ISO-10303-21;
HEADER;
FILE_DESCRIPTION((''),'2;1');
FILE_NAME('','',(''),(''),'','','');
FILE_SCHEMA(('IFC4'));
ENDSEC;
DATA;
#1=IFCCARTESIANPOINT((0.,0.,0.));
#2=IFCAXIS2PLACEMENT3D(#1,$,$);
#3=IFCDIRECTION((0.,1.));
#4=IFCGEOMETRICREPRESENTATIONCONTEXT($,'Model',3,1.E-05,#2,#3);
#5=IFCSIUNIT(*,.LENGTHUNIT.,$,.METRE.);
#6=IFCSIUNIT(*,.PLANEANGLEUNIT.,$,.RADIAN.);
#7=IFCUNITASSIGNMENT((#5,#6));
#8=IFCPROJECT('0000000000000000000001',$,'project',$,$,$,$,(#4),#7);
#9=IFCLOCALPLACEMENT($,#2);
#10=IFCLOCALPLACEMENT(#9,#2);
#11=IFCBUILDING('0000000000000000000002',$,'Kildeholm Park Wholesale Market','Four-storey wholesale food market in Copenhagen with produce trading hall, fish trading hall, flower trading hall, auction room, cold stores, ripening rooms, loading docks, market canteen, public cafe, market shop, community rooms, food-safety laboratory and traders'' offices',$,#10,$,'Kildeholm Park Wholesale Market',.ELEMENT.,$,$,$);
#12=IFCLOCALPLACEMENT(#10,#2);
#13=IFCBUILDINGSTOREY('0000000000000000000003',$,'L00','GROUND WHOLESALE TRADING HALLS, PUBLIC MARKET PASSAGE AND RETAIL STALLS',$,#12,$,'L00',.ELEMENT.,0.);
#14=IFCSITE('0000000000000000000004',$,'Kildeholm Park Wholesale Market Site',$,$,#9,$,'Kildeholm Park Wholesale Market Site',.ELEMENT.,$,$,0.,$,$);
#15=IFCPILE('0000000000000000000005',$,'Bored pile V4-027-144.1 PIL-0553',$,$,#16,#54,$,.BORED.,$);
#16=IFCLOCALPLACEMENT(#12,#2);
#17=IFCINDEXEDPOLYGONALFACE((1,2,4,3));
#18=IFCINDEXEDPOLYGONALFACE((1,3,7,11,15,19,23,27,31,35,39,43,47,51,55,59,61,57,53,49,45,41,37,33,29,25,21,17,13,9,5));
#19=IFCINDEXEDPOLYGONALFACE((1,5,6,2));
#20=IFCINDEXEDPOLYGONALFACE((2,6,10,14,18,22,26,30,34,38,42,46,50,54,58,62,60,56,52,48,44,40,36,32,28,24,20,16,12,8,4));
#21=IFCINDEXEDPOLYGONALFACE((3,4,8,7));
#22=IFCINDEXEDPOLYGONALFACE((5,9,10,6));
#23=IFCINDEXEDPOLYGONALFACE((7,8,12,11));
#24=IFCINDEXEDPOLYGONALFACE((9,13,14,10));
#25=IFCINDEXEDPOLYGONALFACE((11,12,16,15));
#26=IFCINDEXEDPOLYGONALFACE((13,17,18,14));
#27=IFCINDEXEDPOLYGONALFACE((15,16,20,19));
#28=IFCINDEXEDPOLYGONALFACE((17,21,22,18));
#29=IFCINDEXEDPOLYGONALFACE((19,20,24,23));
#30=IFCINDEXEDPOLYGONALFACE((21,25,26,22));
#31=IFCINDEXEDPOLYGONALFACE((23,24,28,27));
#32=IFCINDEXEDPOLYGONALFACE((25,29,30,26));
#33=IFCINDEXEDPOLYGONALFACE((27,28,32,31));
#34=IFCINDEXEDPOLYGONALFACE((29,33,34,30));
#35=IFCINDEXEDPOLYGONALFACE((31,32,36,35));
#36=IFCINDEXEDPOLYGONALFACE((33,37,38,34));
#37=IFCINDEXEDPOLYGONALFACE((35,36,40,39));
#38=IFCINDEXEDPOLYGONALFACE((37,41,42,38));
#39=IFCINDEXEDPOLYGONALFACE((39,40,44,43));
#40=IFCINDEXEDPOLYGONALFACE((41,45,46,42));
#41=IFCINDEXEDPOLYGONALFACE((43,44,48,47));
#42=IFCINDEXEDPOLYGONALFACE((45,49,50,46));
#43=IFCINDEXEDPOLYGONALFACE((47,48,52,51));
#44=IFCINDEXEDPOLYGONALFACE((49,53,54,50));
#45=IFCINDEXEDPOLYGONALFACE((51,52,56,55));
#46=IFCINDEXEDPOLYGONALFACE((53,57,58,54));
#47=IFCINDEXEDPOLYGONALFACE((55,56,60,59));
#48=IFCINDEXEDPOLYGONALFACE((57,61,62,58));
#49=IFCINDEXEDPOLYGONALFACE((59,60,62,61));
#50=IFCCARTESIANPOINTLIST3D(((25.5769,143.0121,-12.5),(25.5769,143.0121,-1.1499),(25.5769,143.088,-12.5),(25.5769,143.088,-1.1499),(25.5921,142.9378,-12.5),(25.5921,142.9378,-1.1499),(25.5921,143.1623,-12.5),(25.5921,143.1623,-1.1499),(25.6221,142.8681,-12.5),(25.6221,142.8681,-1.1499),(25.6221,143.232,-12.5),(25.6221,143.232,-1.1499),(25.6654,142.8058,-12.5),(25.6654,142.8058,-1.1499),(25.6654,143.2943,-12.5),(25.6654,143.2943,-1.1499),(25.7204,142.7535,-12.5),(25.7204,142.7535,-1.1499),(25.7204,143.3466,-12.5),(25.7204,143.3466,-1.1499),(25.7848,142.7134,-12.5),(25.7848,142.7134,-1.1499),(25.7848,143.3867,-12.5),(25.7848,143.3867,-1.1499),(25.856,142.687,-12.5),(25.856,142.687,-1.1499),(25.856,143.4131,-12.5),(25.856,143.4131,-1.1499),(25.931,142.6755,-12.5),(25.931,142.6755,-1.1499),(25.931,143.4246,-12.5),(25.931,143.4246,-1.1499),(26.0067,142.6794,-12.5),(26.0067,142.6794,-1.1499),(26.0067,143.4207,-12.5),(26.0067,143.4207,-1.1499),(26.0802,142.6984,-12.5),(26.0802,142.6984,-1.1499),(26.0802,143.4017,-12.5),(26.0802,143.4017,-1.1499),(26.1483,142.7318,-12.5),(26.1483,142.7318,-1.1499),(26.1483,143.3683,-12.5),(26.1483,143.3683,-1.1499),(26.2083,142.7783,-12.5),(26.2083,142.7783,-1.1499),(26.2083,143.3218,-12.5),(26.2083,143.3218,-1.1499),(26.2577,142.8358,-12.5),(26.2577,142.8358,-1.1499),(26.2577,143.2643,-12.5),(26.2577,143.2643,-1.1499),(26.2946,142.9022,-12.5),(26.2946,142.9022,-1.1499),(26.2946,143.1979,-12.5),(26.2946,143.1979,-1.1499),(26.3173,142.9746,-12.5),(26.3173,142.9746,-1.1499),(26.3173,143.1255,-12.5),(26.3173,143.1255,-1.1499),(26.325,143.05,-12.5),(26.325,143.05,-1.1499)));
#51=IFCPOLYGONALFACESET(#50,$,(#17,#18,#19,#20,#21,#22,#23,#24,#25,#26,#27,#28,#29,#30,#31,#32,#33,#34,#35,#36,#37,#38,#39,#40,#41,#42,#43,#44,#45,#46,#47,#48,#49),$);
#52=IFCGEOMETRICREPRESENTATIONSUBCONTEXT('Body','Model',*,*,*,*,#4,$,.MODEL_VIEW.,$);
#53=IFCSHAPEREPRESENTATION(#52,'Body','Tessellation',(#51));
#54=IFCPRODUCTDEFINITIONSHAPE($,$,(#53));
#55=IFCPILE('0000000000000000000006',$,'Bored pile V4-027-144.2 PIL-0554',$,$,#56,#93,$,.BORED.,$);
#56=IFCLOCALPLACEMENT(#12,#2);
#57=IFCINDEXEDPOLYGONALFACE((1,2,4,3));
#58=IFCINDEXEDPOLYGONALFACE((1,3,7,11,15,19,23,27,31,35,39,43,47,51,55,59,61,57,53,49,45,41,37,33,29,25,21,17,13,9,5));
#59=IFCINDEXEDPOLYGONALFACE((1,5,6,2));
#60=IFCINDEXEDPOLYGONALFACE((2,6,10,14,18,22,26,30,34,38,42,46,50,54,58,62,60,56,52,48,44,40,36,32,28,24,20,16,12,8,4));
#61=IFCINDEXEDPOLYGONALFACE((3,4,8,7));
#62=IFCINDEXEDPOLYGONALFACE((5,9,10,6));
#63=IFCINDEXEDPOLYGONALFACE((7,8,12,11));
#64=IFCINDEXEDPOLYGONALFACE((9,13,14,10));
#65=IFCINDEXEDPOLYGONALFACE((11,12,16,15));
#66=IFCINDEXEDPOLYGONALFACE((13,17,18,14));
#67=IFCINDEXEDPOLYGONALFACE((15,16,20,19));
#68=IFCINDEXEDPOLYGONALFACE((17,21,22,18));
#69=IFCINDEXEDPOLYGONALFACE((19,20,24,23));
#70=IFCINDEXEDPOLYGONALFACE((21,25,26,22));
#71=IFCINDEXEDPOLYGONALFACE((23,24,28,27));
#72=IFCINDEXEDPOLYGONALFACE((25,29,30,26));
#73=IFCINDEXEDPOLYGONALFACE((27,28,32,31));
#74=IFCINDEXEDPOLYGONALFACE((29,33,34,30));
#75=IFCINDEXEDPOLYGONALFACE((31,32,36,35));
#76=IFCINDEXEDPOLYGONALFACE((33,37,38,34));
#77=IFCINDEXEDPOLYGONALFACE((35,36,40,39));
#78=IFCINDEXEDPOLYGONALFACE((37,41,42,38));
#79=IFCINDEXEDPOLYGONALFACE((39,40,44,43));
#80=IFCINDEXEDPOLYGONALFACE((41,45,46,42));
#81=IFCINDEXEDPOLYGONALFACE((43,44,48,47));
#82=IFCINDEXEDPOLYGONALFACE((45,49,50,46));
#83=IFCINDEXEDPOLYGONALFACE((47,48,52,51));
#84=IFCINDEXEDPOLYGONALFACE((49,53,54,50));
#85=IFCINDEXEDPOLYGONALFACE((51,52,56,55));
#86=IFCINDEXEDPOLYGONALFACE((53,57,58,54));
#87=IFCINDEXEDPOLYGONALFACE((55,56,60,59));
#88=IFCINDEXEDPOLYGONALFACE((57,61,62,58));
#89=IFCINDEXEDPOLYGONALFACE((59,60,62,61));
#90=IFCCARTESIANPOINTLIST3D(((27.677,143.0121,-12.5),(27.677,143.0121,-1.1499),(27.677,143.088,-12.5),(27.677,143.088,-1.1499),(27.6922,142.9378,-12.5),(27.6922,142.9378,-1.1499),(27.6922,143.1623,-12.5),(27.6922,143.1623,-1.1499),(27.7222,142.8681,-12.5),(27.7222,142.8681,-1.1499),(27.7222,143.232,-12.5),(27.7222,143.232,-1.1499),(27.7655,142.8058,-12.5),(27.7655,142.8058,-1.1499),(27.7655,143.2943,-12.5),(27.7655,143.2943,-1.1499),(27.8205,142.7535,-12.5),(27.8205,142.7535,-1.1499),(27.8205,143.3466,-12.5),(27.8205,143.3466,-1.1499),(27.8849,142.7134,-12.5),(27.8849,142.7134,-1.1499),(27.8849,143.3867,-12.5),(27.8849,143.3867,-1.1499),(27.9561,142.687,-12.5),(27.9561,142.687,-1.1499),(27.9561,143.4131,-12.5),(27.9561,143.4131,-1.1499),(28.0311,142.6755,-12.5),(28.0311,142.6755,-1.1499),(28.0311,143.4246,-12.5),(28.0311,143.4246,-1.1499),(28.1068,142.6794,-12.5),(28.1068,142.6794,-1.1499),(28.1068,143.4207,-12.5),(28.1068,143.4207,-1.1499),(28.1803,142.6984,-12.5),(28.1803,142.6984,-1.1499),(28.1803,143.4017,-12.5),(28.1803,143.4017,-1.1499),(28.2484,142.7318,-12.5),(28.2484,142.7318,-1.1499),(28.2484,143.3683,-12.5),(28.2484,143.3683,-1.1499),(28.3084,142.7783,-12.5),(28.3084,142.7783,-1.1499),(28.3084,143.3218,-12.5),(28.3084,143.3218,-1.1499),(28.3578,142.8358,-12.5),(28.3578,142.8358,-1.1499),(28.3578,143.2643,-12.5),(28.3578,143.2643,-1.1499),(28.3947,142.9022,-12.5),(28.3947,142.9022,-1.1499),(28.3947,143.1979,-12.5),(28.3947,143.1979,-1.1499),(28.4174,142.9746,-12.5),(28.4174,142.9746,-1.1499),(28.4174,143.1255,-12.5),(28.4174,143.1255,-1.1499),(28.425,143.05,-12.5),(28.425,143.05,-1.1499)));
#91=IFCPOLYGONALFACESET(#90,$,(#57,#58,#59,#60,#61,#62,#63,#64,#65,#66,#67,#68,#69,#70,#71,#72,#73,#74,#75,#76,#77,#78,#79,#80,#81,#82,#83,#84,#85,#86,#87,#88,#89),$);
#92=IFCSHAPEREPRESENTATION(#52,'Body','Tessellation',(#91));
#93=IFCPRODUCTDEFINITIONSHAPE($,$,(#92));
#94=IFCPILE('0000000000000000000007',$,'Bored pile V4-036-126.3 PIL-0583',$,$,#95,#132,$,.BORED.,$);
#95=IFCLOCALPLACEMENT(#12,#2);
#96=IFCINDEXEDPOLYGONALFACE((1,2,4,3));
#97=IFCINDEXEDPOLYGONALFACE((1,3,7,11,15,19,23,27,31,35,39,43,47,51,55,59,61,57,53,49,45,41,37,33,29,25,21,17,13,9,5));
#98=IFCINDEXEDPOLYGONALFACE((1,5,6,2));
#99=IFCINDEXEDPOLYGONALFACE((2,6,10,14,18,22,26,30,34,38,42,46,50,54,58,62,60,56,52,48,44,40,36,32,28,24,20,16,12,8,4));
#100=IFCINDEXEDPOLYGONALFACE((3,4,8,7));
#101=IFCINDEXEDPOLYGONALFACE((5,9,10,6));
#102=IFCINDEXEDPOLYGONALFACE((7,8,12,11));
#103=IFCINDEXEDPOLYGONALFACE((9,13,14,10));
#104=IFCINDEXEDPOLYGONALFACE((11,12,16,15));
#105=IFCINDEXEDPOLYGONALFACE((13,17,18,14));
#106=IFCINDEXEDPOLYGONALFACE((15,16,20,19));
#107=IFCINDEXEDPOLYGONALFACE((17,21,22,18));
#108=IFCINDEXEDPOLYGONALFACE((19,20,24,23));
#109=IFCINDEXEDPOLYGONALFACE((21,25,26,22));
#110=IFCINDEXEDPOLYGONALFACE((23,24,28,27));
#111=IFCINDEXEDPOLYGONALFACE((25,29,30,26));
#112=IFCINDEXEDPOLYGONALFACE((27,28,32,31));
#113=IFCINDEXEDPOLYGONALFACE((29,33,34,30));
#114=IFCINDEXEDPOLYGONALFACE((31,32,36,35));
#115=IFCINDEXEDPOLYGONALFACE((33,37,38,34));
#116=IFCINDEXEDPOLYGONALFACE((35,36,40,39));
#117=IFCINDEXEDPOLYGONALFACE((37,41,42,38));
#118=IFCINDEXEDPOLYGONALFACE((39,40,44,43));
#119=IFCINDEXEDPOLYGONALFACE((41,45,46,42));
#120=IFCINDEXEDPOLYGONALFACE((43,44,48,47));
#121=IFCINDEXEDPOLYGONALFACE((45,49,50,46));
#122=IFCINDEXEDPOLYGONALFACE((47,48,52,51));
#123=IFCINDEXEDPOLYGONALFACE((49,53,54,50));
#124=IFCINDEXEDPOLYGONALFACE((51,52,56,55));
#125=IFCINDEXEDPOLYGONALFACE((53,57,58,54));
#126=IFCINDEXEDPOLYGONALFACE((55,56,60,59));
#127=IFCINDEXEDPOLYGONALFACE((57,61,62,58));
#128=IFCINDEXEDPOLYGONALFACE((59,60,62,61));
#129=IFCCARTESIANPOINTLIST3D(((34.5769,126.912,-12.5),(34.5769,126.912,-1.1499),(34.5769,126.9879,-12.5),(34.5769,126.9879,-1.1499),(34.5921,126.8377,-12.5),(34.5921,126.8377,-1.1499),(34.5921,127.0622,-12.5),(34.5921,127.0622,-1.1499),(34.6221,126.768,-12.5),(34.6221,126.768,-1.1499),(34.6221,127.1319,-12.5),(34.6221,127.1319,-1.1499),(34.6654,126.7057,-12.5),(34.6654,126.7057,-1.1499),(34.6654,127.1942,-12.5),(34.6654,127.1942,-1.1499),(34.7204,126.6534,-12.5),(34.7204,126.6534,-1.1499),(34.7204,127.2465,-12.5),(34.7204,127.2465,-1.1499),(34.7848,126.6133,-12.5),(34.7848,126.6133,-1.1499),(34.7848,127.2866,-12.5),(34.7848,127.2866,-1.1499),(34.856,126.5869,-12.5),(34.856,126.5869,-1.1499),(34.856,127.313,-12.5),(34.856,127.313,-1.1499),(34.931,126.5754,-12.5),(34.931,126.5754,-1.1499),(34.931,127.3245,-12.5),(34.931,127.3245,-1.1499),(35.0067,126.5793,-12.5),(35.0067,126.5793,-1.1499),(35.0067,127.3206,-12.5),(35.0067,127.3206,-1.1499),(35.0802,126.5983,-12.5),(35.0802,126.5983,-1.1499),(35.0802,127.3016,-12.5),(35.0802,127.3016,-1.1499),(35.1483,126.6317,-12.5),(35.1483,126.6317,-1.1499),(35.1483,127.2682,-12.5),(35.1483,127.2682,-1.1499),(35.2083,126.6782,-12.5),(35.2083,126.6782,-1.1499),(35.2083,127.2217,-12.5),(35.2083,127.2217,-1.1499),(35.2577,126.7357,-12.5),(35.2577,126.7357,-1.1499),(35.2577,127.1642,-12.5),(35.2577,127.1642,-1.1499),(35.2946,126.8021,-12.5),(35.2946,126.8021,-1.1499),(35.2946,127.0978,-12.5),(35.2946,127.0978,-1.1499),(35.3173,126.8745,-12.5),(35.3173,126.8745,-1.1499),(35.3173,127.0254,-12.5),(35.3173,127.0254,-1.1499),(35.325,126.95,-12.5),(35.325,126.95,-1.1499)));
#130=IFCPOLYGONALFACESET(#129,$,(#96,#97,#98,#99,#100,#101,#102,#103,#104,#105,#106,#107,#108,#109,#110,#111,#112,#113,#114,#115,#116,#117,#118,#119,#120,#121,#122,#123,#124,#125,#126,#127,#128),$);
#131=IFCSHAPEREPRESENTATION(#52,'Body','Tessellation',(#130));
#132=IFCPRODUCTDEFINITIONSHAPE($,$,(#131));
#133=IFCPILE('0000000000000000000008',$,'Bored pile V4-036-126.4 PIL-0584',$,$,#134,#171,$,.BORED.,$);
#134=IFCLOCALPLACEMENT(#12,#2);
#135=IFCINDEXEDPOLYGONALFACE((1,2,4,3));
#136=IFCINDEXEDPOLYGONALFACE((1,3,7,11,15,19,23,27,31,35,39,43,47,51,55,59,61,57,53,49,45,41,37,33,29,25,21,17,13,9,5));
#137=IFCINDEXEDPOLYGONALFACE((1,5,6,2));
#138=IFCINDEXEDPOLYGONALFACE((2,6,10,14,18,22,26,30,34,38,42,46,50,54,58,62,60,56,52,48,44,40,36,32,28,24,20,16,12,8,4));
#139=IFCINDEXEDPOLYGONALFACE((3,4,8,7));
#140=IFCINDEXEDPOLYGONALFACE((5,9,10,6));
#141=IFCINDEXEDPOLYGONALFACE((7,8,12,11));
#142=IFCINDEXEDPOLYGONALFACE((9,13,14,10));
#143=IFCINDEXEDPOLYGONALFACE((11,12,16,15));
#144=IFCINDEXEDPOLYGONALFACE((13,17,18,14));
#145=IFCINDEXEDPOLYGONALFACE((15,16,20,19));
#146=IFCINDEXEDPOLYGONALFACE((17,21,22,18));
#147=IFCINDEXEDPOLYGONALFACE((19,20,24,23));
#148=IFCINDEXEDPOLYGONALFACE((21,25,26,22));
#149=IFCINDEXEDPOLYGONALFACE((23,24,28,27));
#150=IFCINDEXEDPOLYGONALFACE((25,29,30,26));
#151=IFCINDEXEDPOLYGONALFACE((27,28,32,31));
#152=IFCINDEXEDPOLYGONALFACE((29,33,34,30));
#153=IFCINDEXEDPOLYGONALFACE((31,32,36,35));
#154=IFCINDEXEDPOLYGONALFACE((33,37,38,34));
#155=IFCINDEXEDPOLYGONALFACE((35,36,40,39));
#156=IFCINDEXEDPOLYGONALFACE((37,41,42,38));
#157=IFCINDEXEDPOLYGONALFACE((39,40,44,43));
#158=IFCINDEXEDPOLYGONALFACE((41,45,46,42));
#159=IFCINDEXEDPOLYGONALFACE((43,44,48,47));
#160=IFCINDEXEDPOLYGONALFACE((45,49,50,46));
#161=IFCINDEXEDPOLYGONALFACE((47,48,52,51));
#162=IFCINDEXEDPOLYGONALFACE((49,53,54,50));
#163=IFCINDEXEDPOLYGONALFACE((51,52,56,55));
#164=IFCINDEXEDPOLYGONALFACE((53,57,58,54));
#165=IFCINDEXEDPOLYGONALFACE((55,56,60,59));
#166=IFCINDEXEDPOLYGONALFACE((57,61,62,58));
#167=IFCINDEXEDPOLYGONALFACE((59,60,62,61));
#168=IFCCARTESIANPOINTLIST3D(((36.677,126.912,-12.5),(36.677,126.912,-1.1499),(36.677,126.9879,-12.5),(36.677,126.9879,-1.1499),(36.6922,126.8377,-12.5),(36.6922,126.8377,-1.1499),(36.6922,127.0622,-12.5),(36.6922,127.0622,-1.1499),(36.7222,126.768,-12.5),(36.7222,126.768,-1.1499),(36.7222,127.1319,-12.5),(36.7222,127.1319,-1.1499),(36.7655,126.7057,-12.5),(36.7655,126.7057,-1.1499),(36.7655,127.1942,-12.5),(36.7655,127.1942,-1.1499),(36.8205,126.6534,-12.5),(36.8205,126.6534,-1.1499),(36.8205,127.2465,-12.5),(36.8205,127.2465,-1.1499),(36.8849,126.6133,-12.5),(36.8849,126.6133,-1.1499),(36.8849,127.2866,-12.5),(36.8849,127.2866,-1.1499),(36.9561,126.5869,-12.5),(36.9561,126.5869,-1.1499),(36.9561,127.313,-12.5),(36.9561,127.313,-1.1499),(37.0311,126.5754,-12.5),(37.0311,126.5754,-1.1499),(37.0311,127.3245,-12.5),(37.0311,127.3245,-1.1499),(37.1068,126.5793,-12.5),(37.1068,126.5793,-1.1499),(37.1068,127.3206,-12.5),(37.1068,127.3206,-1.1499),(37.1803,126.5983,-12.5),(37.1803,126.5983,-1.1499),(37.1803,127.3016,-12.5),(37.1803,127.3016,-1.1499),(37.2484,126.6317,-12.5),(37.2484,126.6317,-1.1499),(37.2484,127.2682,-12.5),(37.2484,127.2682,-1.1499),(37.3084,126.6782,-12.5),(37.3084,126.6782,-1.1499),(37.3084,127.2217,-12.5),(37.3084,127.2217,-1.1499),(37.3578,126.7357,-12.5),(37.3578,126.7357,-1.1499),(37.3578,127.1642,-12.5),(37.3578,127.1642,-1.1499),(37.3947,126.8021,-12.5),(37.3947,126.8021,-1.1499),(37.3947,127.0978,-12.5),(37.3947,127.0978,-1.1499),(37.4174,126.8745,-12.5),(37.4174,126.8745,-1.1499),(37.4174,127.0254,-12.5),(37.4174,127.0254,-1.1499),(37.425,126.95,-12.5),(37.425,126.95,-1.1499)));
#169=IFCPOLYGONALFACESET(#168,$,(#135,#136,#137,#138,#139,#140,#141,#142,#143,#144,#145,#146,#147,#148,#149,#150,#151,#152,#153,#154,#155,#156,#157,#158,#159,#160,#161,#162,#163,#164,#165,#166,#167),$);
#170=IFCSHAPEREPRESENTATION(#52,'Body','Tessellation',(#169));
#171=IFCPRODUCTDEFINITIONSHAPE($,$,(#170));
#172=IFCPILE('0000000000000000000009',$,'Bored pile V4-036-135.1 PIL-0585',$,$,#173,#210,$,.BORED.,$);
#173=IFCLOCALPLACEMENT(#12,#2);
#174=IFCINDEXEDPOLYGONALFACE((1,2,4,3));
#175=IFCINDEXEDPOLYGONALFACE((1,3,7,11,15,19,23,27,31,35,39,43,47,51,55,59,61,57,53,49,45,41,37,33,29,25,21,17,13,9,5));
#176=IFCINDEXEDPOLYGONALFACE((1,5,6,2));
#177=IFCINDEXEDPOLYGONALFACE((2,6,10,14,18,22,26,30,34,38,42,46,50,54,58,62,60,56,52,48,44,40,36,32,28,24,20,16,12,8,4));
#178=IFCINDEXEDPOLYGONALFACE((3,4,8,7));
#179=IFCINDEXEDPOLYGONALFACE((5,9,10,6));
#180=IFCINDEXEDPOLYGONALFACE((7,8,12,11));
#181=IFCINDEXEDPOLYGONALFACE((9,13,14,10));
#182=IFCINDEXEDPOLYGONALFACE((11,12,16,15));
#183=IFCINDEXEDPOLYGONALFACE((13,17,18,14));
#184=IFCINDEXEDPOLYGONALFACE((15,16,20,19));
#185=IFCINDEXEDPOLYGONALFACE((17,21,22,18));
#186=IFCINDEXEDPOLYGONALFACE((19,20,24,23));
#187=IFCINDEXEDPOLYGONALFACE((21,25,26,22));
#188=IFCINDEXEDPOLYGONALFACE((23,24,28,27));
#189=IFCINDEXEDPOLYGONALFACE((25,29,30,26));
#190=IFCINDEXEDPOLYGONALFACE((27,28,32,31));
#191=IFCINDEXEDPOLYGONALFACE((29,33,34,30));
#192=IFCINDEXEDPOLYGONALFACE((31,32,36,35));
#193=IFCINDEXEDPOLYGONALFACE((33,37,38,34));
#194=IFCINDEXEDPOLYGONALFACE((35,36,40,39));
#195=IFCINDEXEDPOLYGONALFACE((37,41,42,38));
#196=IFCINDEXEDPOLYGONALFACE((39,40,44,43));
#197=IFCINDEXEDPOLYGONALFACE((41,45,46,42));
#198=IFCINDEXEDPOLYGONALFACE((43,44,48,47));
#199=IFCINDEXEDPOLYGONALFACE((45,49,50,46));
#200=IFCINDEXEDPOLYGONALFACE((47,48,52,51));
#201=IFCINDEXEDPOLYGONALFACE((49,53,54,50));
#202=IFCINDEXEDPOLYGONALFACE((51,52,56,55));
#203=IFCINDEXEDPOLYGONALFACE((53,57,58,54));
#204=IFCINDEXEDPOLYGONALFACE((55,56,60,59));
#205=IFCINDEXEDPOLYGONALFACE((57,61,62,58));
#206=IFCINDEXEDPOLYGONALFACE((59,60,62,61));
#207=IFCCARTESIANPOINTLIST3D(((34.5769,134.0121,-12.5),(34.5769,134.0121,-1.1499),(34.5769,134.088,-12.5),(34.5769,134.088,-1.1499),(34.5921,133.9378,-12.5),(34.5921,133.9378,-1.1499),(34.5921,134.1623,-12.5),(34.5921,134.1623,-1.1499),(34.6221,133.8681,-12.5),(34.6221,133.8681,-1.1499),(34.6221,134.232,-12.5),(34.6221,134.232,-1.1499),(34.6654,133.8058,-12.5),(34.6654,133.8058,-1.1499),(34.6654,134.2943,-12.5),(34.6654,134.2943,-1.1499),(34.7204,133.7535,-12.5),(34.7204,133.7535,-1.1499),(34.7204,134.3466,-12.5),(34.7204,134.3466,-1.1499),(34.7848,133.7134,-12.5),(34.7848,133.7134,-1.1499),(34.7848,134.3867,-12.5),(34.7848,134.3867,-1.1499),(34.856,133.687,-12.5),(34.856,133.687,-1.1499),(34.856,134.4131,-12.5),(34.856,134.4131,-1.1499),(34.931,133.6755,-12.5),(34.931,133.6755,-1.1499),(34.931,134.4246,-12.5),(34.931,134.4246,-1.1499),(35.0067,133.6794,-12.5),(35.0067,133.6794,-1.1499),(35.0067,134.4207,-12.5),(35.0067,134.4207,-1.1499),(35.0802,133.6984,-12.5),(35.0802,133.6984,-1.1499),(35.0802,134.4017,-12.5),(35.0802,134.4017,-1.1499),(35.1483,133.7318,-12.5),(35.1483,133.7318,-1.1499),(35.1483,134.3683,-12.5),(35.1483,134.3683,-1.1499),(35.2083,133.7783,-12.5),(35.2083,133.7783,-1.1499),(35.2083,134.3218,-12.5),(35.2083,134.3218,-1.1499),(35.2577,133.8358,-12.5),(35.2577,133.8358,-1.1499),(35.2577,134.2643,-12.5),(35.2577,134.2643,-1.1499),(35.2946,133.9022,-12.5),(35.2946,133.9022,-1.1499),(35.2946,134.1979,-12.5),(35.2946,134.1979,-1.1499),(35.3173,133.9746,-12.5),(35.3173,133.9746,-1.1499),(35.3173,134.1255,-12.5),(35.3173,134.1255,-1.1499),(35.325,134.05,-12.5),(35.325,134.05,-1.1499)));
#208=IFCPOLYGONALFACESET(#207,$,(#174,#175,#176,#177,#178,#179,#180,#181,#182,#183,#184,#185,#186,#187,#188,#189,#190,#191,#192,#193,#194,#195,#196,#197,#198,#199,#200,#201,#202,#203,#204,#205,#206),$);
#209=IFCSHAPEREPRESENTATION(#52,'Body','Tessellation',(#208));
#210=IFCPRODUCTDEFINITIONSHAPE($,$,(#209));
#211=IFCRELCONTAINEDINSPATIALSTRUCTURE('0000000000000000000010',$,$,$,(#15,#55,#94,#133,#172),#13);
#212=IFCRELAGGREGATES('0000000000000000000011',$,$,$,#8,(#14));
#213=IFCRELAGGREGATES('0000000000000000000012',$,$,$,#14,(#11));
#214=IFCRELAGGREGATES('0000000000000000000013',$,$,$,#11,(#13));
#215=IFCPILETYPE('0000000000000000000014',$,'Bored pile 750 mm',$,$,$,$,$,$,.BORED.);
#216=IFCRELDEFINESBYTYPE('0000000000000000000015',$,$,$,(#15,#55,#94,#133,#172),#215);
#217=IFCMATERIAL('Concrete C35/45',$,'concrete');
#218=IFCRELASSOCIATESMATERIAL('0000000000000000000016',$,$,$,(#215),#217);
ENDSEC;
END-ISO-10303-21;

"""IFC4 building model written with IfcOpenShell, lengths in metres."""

from ifc_helpers import new_model, si_unit, direction, frame, origin, origin_2d, place, context, subcontext, project, spatial, circle, extrude, material, material_profile, profile_set, type_object, element, save


model = new_model("IFC4")

# Units and contexts
model_context = context("Model", 3, precision=1e-05, world=origin(), true_north=direction((0.0, 1.0)))
body_context = subcontext(model_context, "Body", "Model", "MODEL_VIEW")
ifc_project = project(units=[si_unit("LENGTHUNIT", "METRE"), si_unit("PLANEANGLEUNIT", "RADIAN")], contexts=[model_context])

# Site, building, storey
site_placement = place(None, origin())
site = spatial("IfcSite", under=ifc_project, at=site_placement, Name="Kildeholm Park Wholesale Market Site", LongName="Kildeholm Park Wholesale Market Site", CompositionType="ELEMENT", RefElevation=0.0)
building_placement = place(site_placement, origin())
building = spatial("IfcBuilding", under=site, at=building_placement, Name="Kildeholm Park Wholesale Market", Description="Four-storey wholesale food market in Copenhagen with produce trading hall, fish trading hall, flower trading hall, auction room, cold stores, ripening rooms, loading docks, market canteen, public cafe, market shop, community rooms, food-safety laboratory and traders' offices", LongName="Kildeholm Park Wholesale Market", CompositionType="ELEMENT")
storey_placement = place(building_placement, origin())
storey = spatial("IfcBuildingStorey", under=building, at=storey_placement, Name="L00", Description="GROUND WHOLESALE TRADING HALLS, PUBLIC MARKET PASSAGE AND RETAIL STALLS", LongName="L00", CompositionType="ELEMENT", Elevation=0.0)

# Piles
ifc_material_1 = material(Name="Concrete C35/45", Category="concrete")
ifc_material_profile_1 = material_profile(ifc_material_1, circle(Radius=0.375, at=origin_2d()), Name="PILE D750")
ifc_profile_set_1 = profile_set([ifc_material_profile_1], Name="Concrete C35/45")
pile_type = type_object("IfcPileType", Name="Bored pile 750 mm", PredefinedType="BORED", material=ifc_profile_set_1)
for number, where, z_axis, x_axis, name in (
    (1, (25.95, 143.05, -1.1499), (0.0, 0.0, -1.0), (1.0, 0.0, 0.0), "Bored pile V4-027-144.1 PIL-0553"),
    (2, (28.05, 143.05, -1.1499), (0.0, 0.0, -1.0), (1.0, 0.0, 0.0), "Bored pile V4-027-144.2 PIL-0554"),
    (3, (34.95, 126.95, -1.1499), (0.0, 0.0, -1.0), (1.0, 0.0, 0.0), "Bored pile V4-036-126.3 PIL-0583"),
    (4, (37.05, 126.95, -1.1499), (0.0, 0.0, -1.0), (1.0, 0.0, 0.0), "Bored pile V4-036-126.4 PIL-0584"),
    (5, (34.95, 134.05, -1.1499), (0.0, 0.0, -1.0), (1.0, 0.0, 0.0), "Bored pile V4-036-135.1 PIL-0585"),
):
    element("IfcPile", number, at=place(storey_placement, frame(where, z_axis=z_axis, x_axis=x_axis)), inside=storey, type_object=pile_type, Name=name, PredefinedType="BORED", context=body_context, shape_type="SweptSolid", body=[
        extrude(circle(Radius=0.375, at=origin_2d()), origin(), (0.0, 0.0, 1.0), 11.3501),
    ])

save(model, "model.ifc")
